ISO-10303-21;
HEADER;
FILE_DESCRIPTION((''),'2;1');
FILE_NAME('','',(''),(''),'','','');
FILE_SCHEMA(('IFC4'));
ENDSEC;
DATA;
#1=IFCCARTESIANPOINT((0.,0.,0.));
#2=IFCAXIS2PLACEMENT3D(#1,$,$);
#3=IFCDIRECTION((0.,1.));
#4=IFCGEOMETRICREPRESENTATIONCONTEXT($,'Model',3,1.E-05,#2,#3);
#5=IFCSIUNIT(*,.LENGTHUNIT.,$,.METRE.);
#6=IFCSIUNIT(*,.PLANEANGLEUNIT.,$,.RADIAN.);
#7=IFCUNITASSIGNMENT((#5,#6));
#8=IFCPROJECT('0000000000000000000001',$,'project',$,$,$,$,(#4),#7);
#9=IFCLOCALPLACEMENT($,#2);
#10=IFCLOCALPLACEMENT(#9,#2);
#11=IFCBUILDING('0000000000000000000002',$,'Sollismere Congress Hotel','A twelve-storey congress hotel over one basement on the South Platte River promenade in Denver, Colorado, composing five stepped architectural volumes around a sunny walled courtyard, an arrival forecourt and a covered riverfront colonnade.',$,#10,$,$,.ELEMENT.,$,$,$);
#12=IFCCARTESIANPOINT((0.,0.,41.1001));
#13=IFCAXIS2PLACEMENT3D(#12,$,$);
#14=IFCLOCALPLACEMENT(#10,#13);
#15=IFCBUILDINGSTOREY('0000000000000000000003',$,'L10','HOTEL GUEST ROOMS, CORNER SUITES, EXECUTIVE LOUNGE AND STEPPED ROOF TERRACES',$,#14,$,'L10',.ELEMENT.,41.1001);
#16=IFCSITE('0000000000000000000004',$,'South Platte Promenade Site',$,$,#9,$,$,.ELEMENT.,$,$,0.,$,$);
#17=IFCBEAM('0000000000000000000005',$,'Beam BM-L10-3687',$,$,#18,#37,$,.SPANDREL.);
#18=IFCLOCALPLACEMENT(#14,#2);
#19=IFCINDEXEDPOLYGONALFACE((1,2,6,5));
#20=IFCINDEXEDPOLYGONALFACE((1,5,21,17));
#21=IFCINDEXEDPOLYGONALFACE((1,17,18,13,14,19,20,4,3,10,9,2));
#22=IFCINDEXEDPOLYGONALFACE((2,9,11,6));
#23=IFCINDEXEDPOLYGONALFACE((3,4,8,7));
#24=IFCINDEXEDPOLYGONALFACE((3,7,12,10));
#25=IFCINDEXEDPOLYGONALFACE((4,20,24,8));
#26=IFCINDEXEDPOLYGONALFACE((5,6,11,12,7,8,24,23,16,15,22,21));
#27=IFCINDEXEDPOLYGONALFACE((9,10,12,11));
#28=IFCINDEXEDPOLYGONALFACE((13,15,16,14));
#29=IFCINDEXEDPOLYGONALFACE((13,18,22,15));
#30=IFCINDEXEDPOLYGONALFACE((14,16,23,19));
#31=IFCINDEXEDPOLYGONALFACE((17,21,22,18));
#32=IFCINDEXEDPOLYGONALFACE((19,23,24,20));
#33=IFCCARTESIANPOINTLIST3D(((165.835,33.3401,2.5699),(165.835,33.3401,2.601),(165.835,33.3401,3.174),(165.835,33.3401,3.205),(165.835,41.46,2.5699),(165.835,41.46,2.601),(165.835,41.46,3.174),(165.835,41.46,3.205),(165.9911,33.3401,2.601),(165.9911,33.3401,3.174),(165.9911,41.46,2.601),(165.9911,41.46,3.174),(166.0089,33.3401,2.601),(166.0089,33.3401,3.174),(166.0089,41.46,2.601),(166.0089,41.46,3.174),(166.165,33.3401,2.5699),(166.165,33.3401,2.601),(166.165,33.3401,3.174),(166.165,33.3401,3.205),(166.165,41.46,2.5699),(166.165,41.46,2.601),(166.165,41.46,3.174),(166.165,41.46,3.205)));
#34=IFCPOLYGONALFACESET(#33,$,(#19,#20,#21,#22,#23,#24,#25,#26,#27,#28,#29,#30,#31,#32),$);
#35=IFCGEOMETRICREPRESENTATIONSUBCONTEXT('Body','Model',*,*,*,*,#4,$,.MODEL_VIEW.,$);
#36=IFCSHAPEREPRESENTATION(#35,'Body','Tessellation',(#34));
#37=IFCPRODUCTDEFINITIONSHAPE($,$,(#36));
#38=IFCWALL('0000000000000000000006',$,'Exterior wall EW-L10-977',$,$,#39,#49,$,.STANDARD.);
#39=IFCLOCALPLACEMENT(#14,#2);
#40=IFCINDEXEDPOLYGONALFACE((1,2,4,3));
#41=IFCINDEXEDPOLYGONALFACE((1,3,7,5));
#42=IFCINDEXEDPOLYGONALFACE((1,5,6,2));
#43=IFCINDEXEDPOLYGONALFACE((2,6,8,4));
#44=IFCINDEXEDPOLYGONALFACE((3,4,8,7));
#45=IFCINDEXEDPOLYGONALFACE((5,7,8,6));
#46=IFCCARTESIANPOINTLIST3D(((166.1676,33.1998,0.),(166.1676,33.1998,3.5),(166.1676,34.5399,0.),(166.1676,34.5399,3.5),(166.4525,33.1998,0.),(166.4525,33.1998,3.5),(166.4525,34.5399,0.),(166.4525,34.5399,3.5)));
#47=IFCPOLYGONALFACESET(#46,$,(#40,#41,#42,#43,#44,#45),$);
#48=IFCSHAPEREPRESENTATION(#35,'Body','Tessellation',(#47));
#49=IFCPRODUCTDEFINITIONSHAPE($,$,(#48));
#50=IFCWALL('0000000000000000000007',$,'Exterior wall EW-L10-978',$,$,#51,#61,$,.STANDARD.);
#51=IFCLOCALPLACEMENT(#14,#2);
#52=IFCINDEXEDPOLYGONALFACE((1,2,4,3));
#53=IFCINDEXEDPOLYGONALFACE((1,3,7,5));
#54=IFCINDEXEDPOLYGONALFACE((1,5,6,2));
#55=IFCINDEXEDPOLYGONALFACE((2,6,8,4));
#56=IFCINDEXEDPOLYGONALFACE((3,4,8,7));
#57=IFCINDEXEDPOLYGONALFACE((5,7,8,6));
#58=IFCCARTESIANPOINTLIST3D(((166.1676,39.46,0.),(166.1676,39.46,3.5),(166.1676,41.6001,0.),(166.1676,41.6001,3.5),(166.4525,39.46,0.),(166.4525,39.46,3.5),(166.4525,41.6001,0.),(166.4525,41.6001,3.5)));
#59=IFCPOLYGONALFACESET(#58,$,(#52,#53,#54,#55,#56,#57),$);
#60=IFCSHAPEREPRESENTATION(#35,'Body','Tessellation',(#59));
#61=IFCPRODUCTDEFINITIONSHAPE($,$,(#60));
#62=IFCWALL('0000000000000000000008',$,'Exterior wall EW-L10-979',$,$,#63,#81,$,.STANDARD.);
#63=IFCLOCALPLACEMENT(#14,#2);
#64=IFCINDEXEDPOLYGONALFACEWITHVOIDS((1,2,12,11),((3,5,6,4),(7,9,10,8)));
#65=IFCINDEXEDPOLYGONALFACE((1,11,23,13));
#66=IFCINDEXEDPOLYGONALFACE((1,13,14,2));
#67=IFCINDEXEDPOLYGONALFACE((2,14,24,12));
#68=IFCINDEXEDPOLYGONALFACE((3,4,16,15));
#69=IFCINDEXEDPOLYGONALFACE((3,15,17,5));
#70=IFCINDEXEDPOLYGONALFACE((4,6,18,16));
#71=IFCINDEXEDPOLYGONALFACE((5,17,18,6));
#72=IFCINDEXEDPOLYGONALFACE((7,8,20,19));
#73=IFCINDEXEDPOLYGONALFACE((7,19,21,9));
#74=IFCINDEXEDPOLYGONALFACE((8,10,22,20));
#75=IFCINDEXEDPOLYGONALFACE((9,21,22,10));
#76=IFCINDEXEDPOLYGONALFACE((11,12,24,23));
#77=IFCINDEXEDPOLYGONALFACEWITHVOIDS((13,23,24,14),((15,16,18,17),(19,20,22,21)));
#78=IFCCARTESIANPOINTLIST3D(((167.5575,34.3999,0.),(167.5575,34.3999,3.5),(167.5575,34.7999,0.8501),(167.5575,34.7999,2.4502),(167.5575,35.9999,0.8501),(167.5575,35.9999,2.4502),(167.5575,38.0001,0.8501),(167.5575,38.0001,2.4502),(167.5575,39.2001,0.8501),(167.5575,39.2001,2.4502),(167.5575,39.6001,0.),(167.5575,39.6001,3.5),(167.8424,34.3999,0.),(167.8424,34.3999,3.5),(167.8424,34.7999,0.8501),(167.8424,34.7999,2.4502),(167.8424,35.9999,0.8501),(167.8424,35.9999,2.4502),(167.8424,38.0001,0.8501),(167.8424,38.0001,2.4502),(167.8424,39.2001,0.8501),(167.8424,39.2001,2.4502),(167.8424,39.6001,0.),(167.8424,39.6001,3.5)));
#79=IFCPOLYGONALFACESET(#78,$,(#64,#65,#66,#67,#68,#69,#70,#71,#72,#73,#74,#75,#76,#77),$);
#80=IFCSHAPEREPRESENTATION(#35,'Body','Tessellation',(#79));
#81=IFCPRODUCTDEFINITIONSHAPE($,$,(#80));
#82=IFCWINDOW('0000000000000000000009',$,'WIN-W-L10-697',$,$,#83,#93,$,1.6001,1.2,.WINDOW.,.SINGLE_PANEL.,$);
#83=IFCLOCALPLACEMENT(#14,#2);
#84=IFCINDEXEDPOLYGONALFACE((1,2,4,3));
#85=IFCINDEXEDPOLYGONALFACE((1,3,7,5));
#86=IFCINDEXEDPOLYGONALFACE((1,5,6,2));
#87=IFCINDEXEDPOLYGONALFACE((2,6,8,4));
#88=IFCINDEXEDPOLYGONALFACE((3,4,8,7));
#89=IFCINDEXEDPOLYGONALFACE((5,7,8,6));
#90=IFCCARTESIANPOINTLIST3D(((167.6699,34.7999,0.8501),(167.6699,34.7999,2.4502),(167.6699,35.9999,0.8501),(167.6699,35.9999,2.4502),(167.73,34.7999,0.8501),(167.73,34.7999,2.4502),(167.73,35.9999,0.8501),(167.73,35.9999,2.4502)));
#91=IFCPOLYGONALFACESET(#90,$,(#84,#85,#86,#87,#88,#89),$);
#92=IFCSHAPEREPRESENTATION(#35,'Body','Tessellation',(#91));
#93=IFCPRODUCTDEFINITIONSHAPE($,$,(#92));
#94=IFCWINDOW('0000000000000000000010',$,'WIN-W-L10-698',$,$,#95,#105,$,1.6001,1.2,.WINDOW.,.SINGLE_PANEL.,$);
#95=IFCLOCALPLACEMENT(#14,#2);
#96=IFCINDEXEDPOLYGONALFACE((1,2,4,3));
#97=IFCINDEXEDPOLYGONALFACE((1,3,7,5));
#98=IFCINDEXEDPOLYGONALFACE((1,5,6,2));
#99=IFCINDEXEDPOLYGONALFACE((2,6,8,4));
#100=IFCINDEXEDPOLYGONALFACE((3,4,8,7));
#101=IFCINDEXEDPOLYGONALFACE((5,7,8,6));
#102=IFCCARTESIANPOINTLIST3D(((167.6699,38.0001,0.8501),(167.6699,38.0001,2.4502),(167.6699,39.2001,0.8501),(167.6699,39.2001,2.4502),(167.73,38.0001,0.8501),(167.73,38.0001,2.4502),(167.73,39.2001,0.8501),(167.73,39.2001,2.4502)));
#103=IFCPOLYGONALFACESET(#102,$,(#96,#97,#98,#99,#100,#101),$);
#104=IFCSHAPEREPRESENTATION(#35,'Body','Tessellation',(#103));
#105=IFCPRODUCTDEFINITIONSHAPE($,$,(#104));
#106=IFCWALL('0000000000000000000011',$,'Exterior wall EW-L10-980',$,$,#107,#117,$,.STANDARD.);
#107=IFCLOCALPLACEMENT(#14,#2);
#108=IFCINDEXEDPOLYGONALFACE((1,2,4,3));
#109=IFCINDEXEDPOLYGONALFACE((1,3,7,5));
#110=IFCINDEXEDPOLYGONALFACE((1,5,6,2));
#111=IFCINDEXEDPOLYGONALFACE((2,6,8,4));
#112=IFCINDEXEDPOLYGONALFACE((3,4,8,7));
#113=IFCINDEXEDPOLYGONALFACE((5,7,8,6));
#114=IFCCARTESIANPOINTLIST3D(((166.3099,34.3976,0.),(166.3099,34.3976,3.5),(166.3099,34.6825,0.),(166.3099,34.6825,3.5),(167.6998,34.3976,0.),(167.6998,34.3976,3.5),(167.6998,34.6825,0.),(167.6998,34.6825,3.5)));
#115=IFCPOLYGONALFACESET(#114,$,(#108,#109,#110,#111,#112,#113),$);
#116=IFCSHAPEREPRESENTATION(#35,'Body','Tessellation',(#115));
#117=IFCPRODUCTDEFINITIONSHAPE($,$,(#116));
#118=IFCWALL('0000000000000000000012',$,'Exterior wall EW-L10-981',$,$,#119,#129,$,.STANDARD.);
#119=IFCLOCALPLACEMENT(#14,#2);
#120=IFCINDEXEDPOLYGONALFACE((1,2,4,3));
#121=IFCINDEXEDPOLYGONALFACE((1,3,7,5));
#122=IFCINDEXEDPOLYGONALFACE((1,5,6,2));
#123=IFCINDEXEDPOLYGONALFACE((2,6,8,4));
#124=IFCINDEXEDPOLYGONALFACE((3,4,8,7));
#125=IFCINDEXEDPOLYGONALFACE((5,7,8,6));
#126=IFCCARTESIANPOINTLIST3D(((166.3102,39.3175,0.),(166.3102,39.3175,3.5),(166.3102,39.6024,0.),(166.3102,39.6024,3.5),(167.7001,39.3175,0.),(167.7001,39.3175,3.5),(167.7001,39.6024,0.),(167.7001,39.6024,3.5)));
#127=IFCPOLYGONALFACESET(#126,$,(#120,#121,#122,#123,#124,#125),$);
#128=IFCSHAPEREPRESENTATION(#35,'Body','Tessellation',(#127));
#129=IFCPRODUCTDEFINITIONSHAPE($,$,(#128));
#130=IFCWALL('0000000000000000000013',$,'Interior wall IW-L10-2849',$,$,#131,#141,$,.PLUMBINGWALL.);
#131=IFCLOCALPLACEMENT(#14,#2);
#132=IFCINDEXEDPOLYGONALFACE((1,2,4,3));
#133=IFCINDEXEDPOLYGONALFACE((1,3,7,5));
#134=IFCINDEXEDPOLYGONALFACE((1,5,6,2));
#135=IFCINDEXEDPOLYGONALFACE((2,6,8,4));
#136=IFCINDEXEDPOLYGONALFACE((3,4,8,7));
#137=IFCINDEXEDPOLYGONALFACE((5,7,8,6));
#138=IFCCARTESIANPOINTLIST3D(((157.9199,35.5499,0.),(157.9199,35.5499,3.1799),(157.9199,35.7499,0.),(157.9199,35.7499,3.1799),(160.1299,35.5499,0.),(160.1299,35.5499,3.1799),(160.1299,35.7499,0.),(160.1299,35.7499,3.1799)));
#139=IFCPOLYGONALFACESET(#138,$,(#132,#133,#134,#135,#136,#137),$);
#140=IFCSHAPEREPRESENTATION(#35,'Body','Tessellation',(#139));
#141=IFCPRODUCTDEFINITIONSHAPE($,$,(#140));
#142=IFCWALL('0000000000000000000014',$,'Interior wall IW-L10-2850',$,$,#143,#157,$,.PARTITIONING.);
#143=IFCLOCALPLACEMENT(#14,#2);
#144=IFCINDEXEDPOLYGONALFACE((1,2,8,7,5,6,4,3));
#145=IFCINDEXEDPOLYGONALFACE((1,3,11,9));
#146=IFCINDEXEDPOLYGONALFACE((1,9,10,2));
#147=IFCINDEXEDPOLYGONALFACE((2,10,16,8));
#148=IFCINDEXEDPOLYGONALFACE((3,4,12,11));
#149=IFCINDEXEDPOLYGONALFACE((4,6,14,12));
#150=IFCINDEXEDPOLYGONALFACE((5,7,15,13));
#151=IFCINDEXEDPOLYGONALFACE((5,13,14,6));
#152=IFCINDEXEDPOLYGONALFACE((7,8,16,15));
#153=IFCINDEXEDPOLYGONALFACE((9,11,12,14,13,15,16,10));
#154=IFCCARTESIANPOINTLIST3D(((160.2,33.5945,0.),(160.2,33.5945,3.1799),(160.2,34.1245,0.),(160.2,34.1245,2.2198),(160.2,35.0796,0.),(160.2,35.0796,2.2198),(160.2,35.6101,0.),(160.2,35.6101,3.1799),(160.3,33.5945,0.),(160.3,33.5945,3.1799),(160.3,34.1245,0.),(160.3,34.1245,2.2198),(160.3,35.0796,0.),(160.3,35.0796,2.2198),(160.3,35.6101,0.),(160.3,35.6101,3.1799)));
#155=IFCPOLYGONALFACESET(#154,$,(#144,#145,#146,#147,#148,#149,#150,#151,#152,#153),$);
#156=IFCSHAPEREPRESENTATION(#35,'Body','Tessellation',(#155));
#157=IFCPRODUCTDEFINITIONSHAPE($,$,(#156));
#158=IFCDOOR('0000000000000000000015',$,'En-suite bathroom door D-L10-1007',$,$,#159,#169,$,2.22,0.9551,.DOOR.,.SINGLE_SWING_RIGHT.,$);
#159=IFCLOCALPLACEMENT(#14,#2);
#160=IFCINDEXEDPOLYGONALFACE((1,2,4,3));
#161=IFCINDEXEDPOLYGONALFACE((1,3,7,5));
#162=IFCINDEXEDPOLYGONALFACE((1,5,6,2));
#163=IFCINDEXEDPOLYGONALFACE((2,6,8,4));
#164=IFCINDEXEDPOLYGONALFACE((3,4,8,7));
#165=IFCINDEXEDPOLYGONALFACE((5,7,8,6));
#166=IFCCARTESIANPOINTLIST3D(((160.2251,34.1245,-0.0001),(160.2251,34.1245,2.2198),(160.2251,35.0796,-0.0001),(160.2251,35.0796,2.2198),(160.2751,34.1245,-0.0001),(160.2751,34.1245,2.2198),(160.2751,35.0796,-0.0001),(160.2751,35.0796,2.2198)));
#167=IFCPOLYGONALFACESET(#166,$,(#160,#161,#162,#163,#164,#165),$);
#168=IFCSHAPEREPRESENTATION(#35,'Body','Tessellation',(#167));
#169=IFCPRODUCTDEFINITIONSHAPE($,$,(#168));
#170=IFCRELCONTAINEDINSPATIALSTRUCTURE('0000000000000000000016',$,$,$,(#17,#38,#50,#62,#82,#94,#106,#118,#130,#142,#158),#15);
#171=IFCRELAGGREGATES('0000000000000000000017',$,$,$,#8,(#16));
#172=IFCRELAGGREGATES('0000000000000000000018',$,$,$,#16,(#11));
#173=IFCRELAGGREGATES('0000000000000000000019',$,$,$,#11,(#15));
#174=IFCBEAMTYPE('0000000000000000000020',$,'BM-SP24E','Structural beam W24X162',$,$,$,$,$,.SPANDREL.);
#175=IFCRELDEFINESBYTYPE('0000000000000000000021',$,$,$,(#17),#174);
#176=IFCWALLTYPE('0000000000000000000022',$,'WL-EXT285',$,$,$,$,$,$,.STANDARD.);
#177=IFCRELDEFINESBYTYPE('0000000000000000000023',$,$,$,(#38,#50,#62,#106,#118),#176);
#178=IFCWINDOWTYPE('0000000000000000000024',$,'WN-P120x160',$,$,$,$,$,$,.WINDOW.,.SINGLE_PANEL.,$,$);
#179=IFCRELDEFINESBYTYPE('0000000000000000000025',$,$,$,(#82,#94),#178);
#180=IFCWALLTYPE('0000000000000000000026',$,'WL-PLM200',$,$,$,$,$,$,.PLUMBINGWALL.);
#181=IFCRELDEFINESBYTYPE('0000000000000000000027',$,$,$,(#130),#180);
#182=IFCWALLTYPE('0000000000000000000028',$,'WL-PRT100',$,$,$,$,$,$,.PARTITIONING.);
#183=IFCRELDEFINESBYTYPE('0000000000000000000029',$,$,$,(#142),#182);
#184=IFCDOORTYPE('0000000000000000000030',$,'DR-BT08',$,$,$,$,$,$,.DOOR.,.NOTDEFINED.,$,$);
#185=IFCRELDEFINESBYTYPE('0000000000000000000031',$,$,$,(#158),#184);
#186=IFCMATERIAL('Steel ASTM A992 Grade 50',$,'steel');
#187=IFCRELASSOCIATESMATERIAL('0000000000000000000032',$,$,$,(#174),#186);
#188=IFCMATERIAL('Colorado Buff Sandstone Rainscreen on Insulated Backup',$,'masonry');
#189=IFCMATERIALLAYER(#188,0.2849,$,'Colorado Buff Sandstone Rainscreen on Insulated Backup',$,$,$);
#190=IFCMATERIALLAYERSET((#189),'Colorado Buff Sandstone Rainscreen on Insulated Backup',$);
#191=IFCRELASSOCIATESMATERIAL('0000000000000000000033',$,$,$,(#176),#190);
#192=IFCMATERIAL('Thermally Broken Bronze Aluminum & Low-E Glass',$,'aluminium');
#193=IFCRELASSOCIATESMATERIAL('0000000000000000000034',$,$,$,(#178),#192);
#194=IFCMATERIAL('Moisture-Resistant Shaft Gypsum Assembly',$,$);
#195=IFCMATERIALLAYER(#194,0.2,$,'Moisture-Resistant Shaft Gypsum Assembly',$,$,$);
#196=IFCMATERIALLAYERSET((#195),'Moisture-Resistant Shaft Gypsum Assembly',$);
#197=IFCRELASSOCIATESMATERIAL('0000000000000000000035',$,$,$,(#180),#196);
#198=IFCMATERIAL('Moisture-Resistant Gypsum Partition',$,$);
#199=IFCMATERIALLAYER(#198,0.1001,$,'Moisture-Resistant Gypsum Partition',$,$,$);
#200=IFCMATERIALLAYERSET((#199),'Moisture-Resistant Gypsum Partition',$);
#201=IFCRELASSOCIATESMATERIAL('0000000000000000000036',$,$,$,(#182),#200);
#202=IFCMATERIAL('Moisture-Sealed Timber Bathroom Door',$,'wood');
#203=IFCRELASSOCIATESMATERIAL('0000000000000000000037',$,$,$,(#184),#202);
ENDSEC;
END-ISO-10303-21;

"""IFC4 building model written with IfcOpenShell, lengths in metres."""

from ifc_helpers import new_model, si_unit, direction, frame, frame_2d, origin, origin_2d, place, context, subcontext, project, spatial, rectangle, i_section, extrude, material, layer, layer_set, material_profile, profile_set, type_object, element, fill, save


model = new_model("IFC4")

# Units and contexts
model_context = context("Model", 3, precision=1e-05, world=origin(), true_north=direction((0.0, 1.0)))
body_context = subcontext(model_context, "Body", "Model", "MODEL_VIEW")
ifc_project = project(units=[si_unit("LENGTHUNIT", "METRE"), si_unit("PLANEANGLEUNIT", "RADIAN")], contexts=[model_context])

# Site, building, storey
site_placement = place(None, origin())
site = spatial("IfcSite", under=ifc_project, at=site_placement, Name="South Platte Promenade Site", CompositionType="ELEMENT", RefElevation=0.0)
building_placement = place(site_placement, origin())
building = spatial("IfcBuilding", under=site, at=building_placement, Name="Sollismere Congress Hotel", Description="A twelve-storey congress hotel over one basement on the South Platte River promenade in Denver, Colorado, composing five stepped architectural volumes around a sunny walled courtyard, an arrival forecourt and a covered riverfront colonnade.", CompositionType="ELEMENT")
storey_placement = place(building_placement, frame((0.0, 0.0, 41.1001)))
storey = spatial("IfcBuildingStorey", under=building, at=storey_placement, Name="L10", Description="HOTEL GUEST ROOMS, CORNER SUITES, EXECUTIVE LOUNGE AND STEPPED ROOF TERRACES", LongName="L10", CompositionType="ELEMENT", Elevation=41.1001)

# Beam
ifc_material_1 = material(Name="Steel ASTM A992 Grade 50", Category="steel")
ifc_material_profile = material_profile(ifc_material_1, i_section(OverallWidth=0.3301, OverallDepth=0.635, WebThickness=0.0178, FlangeThickness=0.031, at=origin_2d()), Name="W24X162")
ifc_profile_set = profile_set([ifc_material_profile], Name="Steel ASTM A992 Grade 50")
beam_type = type_object("IfcBeamType", Name="BM-SP24E", Description="Structural beam W24X162", PredefinedType="SPANDREL", material=ifc_profile_set)
beam_placement = place(storey_placement, frame((166.0, 33.3401, 2.8875), z_axis=(0.0, 1.0, 0.0), x_axis=(-1.0, 0.0, 0.0)))
element("IfcBeam", 1, at=beam_placement, inside=storey, type_object=beam_type, Name="Beam BM-L10-3687", PredefinedType="SPANDREL", context=body_context, shape_type="SweptSolid", body=[
    extrude(i_section(OverallWidth=0.3301, OverallDepth=0.635, WebThickness=0.0178, FlangeThickness=0.031, at=origin_2d()), origin(), (0.0, 0.0, 1.0), 8.1199),
])

# Walls
ifc_material_2 = material(Name="Colorado Buff Sandstone Rainscreen on Insulated Backup", Category="masonry")
ifc_layer_1 = layer(ifc_material_2, 0.2849, Name="Colorado Buff Sandstone Rainscreen on Insulated Backup")
ifc_layer_set_1 = layer_set([ifc_layer_1], Name="Colorado Buff Sandstone Rainscreen on Insulated Backup")
wall_type_1 = type_object("IfcWallType", Name="WL-EXT285", PredefinedType="STANDARD", material=ifc_layer_set_1)
wall_1_placement = place(storey_placement, frame((166.3101, 33.2, 0.0), z_axis=(0.0, 0.0, 1.0), x_axis=(0.0, 1.0, 0.0)))
element("IfcWall", 2, at=wall_1_placement, inside=storey, type_object=wall_type_1, Name="Exterior wall EW-L10-977", PredefinedType="STANDARD", context=body_context, shape_type="SweptSolid", body=[
    extrude(rectangle(XDim=1.3401, YDim=0.2849, at=frame_2d((0.6699, 0.0))), origin(), (0.0, 0.0, 1.0), 3.5),
])
wall_2_placement = place(storey_placement, frame((166.3101, 39.46, 0.0), z_axis=(0.0, 0.0, 1.0), x_axis=(0.0, 1.0, 0.0)))
element("IfcWall", 3, at=wall_2_placement, inside=storey, type_object=wall_type_1, Name="Exterior wall EW-L10-978", PredefinedType="STANDARD", context=body_context, shape_type="SweptSolid", body=[
    extrude(rectangle(XDim=2.1401, YDim=0.2849, at=frame_2d((1.0701, 0.0))), origin(), (0.0, 0.0, 1.0), 3.5),
])

# Wall, openings, windows
wall_3_placement = place(storey_placement, frame((167.7, 34.3999, 0.0), z_axis=(0.0, 0.0, 1.0), x_axis=(0.0, 1.0, 0.0)))
wall_3 = element("IfcWall", 4, at=wall_3_placement, inside=storey, type_object=wall_type_1, Name="Exterior wall EW-L10-979", PredefinedType="STANDARD", context=body_context, shape_type="SweptSolid", body=[
    extrude(rectangle(XDim=5.2002, YDim=0.2849, at=frame_2d((2.6001, 0.0))), origin(), (0.0, 0.0, 1.0), 3.5),
])
opening_1_placement = place(wall_3_placement, frame((0.3999, 0.0, 0.8501)))
opening_1 = element("IfcOpeningElement", 5, at=opening_1_placement, cuts=wall_3, PredefinedType="OPENING", context=body_context, shape_type="SweptSolid", body=[
    extrude(rectangle(XDim=1.2, YDim=1.6001, at=frame_2d((0.6001, 0.8))), frame((0.0, 0.1523, 0.0), z_axis=(0.0, -1.0, 0.0), x_axis=(1.0, 0.0, 0.0)), (0.0, 0.0, 1.0), 0.3049),
])
opening_2_placement = place(wall_3_placement, frame((3.6001, 0.0, 0.8501)))
opening_2 = element("IfcOpeningElement", 6, at=opening_2_placement, cuts=wall_3, PredefinedType="OPENING", context=body_context, shape_type="SweptSolid", body=[
    extrude(rectangle(XDim=1.2, YDim=1.6001, at=frame_2d((0.6001, 0.8))), frame((0.0, 0.1523, 0.0), z_axis=(0.0, -1.0, 0.0), x_axis=(1.0, 0.0, 0.0)), (0.0, 0.0, 1.0), 0.3049),
])
ifc_material_3 = material(Name="Thermally Broken Bronze Aluminum & Low-E Glass", Category="aluminium")
window_type = type_object("IfcWindowType", Name="WN-P120x160", PartitioningType="SINGLE_PANEL", PredefinedType="WINDOW", material=ifc_material_3)
window_1_placement = place(opening_1_placement, origin())
window_1 = element("IfcWindow", 7, at=window_1_placement, inside=storey, type_object=window_type, Name="WIN-W-L10-697", OverallHeight=1.6001, OverallWidth=1.2, PartitioningType="SINGLE_PANEL", PredefinedType="WINDOW", context=body_context, shape_type="SweptSolid", body=[
    extrude(rectangle(XDim=1.2, YDim=1.6001, at=frame_2d((0.6001, 0.8))), frame((0.0, 0.03, 0.0), z_axis=(0.0, -1.0, 0.0), x_axis=(1.0, 0.0, 0.0)), (0.0, 0.0, 1.0), 0.0601),
])
fill(opening_1, window_1)
window_2_placement = place(opening_2_placement, origin())
window_2 = element("IfcWindow", 8, at=window_2_placement, inside=storey, type_object=window_type, Name="WIN-W-L10-698", OverallHeight=1.6001, OverallWidth=1.2, PartitioningType="SINGLE_PANEL", PredefinedType="WINDOW", context=body_context, shape_type="SweptSolid", body=[
    extrude(rectangle(XDim=1.2, YDim=1.6001, at=frame_2d((0.6001, 0.8))), frame((0.0, 0.03, 0.0), z_axis=(0.0, -1.0, 0.0), x_axis=(1.0, 0.0, 0.0)), (0.0, 0.0, 1.0), 0.0601),
])
fill(opening_2, window_2)

# Walls
for number, where, z_axis, x_axis, name in (
    (9, (166.3101, 34.54, 0.0), (0.0, 0.0, 1.0), (1.0, 0.0, 0.0), "Exterior wall EW-L10-980"),
    (10, (167.7, 39.46, 0.0), (0.0, 0.0, 1.0), (-1.0, 0.0, 0.0), "Exterior wall EW-L10-981"),
):
    element("IfcWall", number, at=place(storey_placement, frame(where, z_axis=z_axis, x_axis=x_axis)), inside=storey, type_object=wall_type_1, Name=name, PredefinedType="STANDARD", context=body_context, shape_type="SweptSolid", body=[
        extrude(rectangle(XDim=1.3899, YDim=0.2849, at=frame_2d((0.6948, 0.0))), origin(), (0.0, 0.0, 1.0), 3.5),
    ])
ifc_material_4 = material(Name="Moisture-Resistant Shaft Gypsum Assembly")
ifc_layer_2 = layer(ifc_material_4, 0.2, Name="Moisture-Resistant Shaft Gypsum Assembly")
ifc_layer_set_2 = layer_set([ifc_layer_2], Name="Moisture-Resistant Shaft Gypsum Assembly")
wall_type_2 = type_object("IfcWallType", Name="WL-PLM200", PredefinedType="PLUMBINGWALL", material=ifc_layer_set_2)
wall_4_placement = place(storey_placement, frame((157.9199, 35.6499, 0.0), z_axis=(0.0, 0.0, 1.0), x_axis=(1.0, 0.0, 0.0)))
element("IfcWall", 11, at=wall_4_placement, inside=storey, type_object=wall_type_2, Name="Interior wall IW-L10-2849", PredefinedType="PLUMBINGWALL", context=body_context, shape_type="SweptSolid", body=[
    extrude(rectangle(XDim=2.21, YDim=0.2, at=frame_2d((1.105, 0.0))), origin(), (0.0, 0.0, 1.0), 3.1799),
])

# Wall, opening, door
ifc_material_5 = material(Name="Moisture-Resistant Gypsum Partition")
ifc_layer_3 = layer(ifc_material_5, 0.1001, Name="Moisture-Resistant Gypsum Partition")
ifc_layer_set_3 = layer_set([ifc_layer_3], Name="Moisture-Resistant Gypsum Partition")
wall_type_3 = type_object("IfcWallType", Name="WL-PRT100", PredefinedType="PARTITIONING", material=ifc_layer_set_3)
wall_5_placement = place(storey_placement, frame((160.25, 33.5945, 0.0), z_axis=(0.0, 0.0, 1.0), x_axis=(0.0, 1.0, 0.0)))
wall_5 = element("IfcWall", 12, at=wall_5_placement, inside=storey, type_object=wall_type_3, Name="Interior wall IW-L10-2850", PredefinedType="PARTITIONING", context=body_context, shape_type="SweptSolid", body=[
    extrude(rectangle(XDim=2.0156, YDim=0.1001, at=frame_2d((1.0078, 0.0))), origin(), (0.0, 0.0, 1.0), 3.1799),
])
opening_3_placement = place(wall_5_placement, frame((0.53, 0.0, 0.0)))
opening_3 = element("IfcOpeningElement", 13, at=opening_3_placement, cuts=wall_5, PredefinedType="OPENING", context=body_context, shape_type="SweptSolid", body=[
    extrude(rectangle(XDim=0.9551, YDim=2.22, at=frame_2d((0.4775, 1.1099))), frame((0.0, 0.0601, 0.0), z_axis=(0.0, -1.0, 0.0), x_axis=(1.0, 0.0, 0.0)), (0.0, 0.0, 1.0), 0.1201),
])
ifc_material_6 = material(Name="Moisture-Sealed Timber Bathroom Door", Category="wood")
door_type_1 = type_object("IfcDoorType", Name="DR-BT08", OperationType="NOTDEFINED", PredefinedType="DOOR", material=ifc_material_6)
door_1_placement = place(opening_3_placement, origin())
door_1 = element("IfcDoor", 14, at=door_1_placement, inside=storey, type_object=door_type_1, Name="En-suite bathroom door D-L10-1007", OperationType="SINGLE_SWING_RIGHT", OverallHeight=2.22, OverallWidth=0.9551, PredefinedType="DOOR", context=body_context, shape_type="SweptSolid", body=[
    extrude(rectangle(XDim=0.9551, YDim=2.22, at=frame_2d((0.4775, 1.1099))), frame((0.0, 0.0249, 0.0), z_axis=(0.0, -1.0, 0.0), x_axis=(1.0, 0.0, 0.0)), (0.0, 0.0, 1.0), 0.05),
])
fill(opening_3, door_1)

save(model, "model.ifc")
